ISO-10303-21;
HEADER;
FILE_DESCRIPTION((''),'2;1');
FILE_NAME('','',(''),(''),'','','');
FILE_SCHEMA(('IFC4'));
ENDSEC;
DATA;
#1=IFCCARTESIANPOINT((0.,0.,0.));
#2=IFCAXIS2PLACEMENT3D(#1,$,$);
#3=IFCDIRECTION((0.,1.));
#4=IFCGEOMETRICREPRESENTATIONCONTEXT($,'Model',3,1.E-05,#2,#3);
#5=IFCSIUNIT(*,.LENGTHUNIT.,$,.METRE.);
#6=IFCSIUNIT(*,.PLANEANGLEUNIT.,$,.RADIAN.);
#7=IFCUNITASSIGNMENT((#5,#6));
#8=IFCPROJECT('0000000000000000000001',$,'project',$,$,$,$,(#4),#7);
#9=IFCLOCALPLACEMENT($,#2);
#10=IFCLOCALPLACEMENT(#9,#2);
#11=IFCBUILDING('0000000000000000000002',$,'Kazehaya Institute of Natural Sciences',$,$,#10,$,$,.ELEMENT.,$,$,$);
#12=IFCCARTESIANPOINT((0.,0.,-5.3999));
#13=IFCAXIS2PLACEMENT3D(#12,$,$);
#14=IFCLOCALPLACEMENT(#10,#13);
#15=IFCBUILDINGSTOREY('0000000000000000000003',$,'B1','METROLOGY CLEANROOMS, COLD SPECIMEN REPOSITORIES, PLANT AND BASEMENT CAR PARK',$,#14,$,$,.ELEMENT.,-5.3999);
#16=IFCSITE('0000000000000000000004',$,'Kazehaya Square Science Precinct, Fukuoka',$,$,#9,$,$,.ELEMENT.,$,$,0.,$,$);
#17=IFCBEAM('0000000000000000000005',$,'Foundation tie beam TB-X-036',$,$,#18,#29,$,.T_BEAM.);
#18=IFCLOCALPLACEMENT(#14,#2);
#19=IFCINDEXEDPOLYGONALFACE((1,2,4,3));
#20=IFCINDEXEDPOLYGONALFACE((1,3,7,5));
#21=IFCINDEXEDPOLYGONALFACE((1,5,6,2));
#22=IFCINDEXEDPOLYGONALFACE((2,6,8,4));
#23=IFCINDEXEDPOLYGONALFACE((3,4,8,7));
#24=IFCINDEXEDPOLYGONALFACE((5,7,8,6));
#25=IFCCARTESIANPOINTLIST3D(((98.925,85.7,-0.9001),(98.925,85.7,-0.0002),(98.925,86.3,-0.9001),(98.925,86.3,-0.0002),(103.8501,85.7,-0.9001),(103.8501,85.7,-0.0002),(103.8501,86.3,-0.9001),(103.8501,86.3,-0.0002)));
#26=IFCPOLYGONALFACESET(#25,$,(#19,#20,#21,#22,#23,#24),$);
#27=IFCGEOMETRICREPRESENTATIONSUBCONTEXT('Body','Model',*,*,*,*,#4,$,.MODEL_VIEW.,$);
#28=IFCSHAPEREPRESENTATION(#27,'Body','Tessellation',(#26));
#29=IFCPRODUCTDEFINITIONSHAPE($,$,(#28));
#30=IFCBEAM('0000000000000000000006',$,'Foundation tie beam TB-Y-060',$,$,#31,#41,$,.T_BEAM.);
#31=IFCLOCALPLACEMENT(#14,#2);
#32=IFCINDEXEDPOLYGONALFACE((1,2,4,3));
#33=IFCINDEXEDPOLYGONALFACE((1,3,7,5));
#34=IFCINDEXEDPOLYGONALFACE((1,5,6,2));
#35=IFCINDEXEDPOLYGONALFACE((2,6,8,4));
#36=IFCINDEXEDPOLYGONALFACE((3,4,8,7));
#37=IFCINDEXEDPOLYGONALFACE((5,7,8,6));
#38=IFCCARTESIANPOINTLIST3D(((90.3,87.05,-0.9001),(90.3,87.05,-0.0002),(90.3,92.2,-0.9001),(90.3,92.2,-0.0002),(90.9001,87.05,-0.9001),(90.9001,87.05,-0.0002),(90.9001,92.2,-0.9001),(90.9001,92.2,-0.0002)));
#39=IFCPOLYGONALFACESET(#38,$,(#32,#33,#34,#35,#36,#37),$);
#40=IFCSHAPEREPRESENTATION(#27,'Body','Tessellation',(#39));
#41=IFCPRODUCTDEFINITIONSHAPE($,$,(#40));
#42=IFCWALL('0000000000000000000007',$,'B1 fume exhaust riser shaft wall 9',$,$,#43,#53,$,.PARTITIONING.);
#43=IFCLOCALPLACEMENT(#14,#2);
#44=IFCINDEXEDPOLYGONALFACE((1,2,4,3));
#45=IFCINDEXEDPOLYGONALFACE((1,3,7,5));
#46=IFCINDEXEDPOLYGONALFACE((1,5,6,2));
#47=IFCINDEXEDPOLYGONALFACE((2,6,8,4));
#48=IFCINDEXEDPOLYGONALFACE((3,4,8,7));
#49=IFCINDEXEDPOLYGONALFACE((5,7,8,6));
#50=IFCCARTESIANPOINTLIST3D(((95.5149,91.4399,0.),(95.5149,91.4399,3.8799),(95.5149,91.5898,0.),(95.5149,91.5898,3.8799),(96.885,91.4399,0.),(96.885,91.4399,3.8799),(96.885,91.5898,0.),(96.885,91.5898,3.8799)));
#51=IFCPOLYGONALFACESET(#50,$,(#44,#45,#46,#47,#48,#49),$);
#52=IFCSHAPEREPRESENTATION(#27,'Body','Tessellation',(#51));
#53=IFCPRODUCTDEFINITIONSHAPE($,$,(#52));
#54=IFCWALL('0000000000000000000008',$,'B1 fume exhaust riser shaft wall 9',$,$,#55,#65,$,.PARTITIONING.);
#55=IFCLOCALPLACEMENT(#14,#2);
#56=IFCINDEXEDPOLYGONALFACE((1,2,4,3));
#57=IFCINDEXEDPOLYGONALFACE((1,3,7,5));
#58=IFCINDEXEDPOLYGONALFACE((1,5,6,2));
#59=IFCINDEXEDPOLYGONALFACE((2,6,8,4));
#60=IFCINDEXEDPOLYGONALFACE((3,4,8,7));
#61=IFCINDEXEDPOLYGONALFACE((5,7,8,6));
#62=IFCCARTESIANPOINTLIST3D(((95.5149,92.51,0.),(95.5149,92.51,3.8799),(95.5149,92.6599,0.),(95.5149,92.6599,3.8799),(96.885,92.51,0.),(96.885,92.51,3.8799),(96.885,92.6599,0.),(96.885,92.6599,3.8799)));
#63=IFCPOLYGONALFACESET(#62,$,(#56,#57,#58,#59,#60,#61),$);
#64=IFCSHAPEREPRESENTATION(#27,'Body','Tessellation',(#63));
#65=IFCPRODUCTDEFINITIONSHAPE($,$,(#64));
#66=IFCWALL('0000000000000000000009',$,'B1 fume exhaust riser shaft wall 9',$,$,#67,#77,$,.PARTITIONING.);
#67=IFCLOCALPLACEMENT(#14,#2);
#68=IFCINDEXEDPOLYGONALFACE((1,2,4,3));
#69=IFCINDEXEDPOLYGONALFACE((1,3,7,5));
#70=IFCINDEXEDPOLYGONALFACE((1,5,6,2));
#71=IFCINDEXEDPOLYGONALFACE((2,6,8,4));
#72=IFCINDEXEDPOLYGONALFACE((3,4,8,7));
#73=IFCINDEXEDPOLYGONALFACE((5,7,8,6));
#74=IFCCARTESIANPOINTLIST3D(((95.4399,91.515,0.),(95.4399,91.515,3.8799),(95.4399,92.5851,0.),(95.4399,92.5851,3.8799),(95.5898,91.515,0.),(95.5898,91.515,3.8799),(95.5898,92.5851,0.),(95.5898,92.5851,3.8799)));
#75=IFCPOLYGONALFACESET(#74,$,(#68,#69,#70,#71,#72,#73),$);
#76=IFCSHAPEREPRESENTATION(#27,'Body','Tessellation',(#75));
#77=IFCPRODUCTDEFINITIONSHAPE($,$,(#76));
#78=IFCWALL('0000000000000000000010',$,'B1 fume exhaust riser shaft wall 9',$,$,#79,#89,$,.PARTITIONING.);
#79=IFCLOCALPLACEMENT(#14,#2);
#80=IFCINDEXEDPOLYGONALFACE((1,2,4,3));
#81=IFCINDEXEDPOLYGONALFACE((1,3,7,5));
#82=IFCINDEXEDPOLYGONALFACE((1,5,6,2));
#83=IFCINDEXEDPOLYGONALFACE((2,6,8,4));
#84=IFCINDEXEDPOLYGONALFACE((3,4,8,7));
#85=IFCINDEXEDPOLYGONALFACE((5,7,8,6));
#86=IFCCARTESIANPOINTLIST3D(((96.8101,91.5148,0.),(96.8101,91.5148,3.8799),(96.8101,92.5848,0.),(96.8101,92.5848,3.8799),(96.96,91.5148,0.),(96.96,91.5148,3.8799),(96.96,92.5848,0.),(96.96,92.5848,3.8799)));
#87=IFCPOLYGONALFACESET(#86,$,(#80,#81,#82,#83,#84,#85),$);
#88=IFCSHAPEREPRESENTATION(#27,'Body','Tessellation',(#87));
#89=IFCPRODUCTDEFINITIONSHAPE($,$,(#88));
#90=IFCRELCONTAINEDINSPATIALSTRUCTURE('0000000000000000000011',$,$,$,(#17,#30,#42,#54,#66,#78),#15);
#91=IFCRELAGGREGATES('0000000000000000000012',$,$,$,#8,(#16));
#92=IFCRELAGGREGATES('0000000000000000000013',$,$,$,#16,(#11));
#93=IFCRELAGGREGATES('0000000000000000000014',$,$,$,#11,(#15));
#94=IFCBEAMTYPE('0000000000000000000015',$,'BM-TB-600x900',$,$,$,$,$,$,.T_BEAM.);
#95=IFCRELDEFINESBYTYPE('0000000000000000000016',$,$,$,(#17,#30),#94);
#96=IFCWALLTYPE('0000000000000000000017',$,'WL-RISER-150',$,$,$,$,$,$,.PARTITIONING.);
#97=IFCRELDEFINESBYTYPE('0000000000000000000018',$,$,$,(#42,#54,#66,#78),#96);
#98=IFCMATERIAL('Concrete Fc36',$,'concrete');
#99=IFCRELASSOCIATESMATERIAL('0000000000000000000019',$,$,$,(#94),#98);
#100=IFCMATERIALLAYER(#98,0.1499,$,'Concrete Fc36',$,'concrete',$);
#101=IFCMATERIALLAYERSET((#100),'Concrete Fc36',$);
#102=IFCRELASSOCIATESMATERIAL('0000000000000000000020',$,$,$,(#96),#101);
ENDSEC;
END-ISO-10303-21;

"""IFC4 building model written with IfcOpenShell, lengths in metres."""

from ifc_helpers import new_model, si_unit, direction, frame, frame_2d, origin, origin_2d, place, context, subcontext, project, spatial, rectangle, extrude, material, layer, layer_set, material_profile, profile_set, type_object, element, save


model = new_model("IFC4")

# Units and contexts
model_context = context("Model", 3, precision=1e-05, world=origin(), true_north=direction((0.0, 1.0)))
body_context = subcontext(model_context, "Body", "Model", "MODEL_VIEW")
ifc_project = project(units=[si_unit("LENGTHUNIT", "METRE"), si_unit("PLANEANGLEUNIT", "RADIAN")], contexts=[model_context])

# Site, building, storey
site_placement = place(None, origin())
site = spatial("IfcSite", under=ifc_project, at=site_placement, Name="Kazehaya Square Science Precinct, Fukuoka", CompositionType="ELEMENT", RefElevation=0.0)
building_placement = place(site_placement, origin())
building = spatial("IfcBuilding", under=site, at=building_placement, Name="Kazehaya Institute of Natural Sciences", CompositionType="ELEMENT")
storey_placement = place(building_placement, frame((0.0, 0.0, -5.3999)))
storey = spatial("IfcBuildingStorey", under=building, at=storey_placement, Name="B1", Description="METROLOGY CLEANROOMS, COLD SPECIMEN REPOSITORIES, PLANT AND BASEMENT CAR PARK", CompositionType="ELEMENT", Elevation=-5.3999)

# Shared definitions
ifc_material_1 = material(Name="Concrete Fc36", Category="concrete")

# Beams
ifc_material_profile_1 = material_profile(ifc_material_1, rectangle(XDim=0.6001, YDim=0.8999, at=origin_2d()), Name="RC-600x900")
ifc_profile_set_1 = profile_set([ifc_material_profile_1], Name="Concrete Fc36")
beam_type_1 = type_object("IfcBeamType", Name="BM-TB-600x900", PredefinedType="T_BEAM", material=ifc_profile_set_1)
beam_1_placement = place(storey_placement, frame((98.925, 86.0, -0.4502), z_axis=(1.0, 0.0, 0.0), x_axis=(0.0, 1.0, 0.0)))
element("IfcBeam", 1, at=beam_1_placement, inside=storey, type_object=beam_type_1, Name="Foundation tie beam TB-X-036", PredefinedType="T_BEAM", context=body_context, shape_type="SweptSolid", body=[
    extrude(rectangle(XDim=0.6001, YDim=0.8999, at=origin_2d()), origin(), (0.0, 0.0, 1.0), 4.925),
])
beam_2_placement = place(storey_placement, frame((90.6001, 87.05, -0.4502), z_axis=(0.0, 1.0, 0.0), x_axis=(-1.0, 0.0, 0.0)))
element("IfcBeam", 2, at=beam_2_placement, inside=storey, type_object=beam_type_1, Name="Foundation tie beam TB-Y-060", PredefinedType="T_BEAM", context=body_context, shape_type="SweptSolid", body=[
    extrude(rectangle(XDim=0.6001, YDim=0.8999, at=origin_2d()), origin(), (0.0, 0.0, 1.0), 5.1499),
])

# Walls
ifc_layer = layer(ifc_material_1, 0.1499, Name="Concrete Fc36", Category="concrete")
ifc_layer_set = layer_set([ifc_layer], Name="Concrete Fc36")
wall_type = type_object("IfcWallType", Name="WL-RISER-150", PredefinedType="PARTITIONING", material=ifc_layer_set)
for number, where, z_axis, x_axis, name in (
    (3, (96.885, 91.5149, 0.0), (0.0, 0.0, 1.0), (-1.0, 0.0, 0.0), "B1 fume exhaust riser shaft wall 9"),
    (4, (95.5149, 92.585, 0.0), (0.0, 0.0, 1.0), (1.0, 0.0, 0.0), "B1 fume exhaust riser shaft wall 9"),
):
    element("IfcWall", number, at=place(storey_placement, frame(where, z_axis=z_axis, x_axis=x_axis)), inside=storey, type_object=wall_type, Name=name, PredefinedType="PARTITIONING", context=body_context, shape_type="SweptSolid", body=[
        extrude(rectangle(XDim=1.3701, YDim=0.1499, at=frame_2d((0.6851, 0.0))), origin(), (0.0, 0.0, 1.0), 3.8799),
    ])
for number, where, z_axis, x_axis, name in (
    (5, (95.5149, 91.5149, 0.0), (0.0, 0.0, 1.0), (0.0, 1.0, 0.0), "B1 fume exhaust riser shaft wall 9"),
    (6, (96.885, 92.585, 0.0), (0.0, 0.0, 1.0), (0.0, -1.0, 0.0), "B1 fume exhaust riser shaft wall 9"),
):
    element("IfcWall", number, at=place(storey_placement, frame(where, z_axis=z_axis, x_axis=x_axis)), inside=storey, type_object=wall_type, Name=name, PredefinedType="PARTITIONING", context=body_context, shape_type="SweptSolid", body=[
        extrude(rectangle(XDim=1.0701, YDim=0.1499, at=frame_2d((0.5352, 0.0))), origin(), (0.0, 0.0, 1.0), 3.8799),
    ])

save(model, "model.ifc")
